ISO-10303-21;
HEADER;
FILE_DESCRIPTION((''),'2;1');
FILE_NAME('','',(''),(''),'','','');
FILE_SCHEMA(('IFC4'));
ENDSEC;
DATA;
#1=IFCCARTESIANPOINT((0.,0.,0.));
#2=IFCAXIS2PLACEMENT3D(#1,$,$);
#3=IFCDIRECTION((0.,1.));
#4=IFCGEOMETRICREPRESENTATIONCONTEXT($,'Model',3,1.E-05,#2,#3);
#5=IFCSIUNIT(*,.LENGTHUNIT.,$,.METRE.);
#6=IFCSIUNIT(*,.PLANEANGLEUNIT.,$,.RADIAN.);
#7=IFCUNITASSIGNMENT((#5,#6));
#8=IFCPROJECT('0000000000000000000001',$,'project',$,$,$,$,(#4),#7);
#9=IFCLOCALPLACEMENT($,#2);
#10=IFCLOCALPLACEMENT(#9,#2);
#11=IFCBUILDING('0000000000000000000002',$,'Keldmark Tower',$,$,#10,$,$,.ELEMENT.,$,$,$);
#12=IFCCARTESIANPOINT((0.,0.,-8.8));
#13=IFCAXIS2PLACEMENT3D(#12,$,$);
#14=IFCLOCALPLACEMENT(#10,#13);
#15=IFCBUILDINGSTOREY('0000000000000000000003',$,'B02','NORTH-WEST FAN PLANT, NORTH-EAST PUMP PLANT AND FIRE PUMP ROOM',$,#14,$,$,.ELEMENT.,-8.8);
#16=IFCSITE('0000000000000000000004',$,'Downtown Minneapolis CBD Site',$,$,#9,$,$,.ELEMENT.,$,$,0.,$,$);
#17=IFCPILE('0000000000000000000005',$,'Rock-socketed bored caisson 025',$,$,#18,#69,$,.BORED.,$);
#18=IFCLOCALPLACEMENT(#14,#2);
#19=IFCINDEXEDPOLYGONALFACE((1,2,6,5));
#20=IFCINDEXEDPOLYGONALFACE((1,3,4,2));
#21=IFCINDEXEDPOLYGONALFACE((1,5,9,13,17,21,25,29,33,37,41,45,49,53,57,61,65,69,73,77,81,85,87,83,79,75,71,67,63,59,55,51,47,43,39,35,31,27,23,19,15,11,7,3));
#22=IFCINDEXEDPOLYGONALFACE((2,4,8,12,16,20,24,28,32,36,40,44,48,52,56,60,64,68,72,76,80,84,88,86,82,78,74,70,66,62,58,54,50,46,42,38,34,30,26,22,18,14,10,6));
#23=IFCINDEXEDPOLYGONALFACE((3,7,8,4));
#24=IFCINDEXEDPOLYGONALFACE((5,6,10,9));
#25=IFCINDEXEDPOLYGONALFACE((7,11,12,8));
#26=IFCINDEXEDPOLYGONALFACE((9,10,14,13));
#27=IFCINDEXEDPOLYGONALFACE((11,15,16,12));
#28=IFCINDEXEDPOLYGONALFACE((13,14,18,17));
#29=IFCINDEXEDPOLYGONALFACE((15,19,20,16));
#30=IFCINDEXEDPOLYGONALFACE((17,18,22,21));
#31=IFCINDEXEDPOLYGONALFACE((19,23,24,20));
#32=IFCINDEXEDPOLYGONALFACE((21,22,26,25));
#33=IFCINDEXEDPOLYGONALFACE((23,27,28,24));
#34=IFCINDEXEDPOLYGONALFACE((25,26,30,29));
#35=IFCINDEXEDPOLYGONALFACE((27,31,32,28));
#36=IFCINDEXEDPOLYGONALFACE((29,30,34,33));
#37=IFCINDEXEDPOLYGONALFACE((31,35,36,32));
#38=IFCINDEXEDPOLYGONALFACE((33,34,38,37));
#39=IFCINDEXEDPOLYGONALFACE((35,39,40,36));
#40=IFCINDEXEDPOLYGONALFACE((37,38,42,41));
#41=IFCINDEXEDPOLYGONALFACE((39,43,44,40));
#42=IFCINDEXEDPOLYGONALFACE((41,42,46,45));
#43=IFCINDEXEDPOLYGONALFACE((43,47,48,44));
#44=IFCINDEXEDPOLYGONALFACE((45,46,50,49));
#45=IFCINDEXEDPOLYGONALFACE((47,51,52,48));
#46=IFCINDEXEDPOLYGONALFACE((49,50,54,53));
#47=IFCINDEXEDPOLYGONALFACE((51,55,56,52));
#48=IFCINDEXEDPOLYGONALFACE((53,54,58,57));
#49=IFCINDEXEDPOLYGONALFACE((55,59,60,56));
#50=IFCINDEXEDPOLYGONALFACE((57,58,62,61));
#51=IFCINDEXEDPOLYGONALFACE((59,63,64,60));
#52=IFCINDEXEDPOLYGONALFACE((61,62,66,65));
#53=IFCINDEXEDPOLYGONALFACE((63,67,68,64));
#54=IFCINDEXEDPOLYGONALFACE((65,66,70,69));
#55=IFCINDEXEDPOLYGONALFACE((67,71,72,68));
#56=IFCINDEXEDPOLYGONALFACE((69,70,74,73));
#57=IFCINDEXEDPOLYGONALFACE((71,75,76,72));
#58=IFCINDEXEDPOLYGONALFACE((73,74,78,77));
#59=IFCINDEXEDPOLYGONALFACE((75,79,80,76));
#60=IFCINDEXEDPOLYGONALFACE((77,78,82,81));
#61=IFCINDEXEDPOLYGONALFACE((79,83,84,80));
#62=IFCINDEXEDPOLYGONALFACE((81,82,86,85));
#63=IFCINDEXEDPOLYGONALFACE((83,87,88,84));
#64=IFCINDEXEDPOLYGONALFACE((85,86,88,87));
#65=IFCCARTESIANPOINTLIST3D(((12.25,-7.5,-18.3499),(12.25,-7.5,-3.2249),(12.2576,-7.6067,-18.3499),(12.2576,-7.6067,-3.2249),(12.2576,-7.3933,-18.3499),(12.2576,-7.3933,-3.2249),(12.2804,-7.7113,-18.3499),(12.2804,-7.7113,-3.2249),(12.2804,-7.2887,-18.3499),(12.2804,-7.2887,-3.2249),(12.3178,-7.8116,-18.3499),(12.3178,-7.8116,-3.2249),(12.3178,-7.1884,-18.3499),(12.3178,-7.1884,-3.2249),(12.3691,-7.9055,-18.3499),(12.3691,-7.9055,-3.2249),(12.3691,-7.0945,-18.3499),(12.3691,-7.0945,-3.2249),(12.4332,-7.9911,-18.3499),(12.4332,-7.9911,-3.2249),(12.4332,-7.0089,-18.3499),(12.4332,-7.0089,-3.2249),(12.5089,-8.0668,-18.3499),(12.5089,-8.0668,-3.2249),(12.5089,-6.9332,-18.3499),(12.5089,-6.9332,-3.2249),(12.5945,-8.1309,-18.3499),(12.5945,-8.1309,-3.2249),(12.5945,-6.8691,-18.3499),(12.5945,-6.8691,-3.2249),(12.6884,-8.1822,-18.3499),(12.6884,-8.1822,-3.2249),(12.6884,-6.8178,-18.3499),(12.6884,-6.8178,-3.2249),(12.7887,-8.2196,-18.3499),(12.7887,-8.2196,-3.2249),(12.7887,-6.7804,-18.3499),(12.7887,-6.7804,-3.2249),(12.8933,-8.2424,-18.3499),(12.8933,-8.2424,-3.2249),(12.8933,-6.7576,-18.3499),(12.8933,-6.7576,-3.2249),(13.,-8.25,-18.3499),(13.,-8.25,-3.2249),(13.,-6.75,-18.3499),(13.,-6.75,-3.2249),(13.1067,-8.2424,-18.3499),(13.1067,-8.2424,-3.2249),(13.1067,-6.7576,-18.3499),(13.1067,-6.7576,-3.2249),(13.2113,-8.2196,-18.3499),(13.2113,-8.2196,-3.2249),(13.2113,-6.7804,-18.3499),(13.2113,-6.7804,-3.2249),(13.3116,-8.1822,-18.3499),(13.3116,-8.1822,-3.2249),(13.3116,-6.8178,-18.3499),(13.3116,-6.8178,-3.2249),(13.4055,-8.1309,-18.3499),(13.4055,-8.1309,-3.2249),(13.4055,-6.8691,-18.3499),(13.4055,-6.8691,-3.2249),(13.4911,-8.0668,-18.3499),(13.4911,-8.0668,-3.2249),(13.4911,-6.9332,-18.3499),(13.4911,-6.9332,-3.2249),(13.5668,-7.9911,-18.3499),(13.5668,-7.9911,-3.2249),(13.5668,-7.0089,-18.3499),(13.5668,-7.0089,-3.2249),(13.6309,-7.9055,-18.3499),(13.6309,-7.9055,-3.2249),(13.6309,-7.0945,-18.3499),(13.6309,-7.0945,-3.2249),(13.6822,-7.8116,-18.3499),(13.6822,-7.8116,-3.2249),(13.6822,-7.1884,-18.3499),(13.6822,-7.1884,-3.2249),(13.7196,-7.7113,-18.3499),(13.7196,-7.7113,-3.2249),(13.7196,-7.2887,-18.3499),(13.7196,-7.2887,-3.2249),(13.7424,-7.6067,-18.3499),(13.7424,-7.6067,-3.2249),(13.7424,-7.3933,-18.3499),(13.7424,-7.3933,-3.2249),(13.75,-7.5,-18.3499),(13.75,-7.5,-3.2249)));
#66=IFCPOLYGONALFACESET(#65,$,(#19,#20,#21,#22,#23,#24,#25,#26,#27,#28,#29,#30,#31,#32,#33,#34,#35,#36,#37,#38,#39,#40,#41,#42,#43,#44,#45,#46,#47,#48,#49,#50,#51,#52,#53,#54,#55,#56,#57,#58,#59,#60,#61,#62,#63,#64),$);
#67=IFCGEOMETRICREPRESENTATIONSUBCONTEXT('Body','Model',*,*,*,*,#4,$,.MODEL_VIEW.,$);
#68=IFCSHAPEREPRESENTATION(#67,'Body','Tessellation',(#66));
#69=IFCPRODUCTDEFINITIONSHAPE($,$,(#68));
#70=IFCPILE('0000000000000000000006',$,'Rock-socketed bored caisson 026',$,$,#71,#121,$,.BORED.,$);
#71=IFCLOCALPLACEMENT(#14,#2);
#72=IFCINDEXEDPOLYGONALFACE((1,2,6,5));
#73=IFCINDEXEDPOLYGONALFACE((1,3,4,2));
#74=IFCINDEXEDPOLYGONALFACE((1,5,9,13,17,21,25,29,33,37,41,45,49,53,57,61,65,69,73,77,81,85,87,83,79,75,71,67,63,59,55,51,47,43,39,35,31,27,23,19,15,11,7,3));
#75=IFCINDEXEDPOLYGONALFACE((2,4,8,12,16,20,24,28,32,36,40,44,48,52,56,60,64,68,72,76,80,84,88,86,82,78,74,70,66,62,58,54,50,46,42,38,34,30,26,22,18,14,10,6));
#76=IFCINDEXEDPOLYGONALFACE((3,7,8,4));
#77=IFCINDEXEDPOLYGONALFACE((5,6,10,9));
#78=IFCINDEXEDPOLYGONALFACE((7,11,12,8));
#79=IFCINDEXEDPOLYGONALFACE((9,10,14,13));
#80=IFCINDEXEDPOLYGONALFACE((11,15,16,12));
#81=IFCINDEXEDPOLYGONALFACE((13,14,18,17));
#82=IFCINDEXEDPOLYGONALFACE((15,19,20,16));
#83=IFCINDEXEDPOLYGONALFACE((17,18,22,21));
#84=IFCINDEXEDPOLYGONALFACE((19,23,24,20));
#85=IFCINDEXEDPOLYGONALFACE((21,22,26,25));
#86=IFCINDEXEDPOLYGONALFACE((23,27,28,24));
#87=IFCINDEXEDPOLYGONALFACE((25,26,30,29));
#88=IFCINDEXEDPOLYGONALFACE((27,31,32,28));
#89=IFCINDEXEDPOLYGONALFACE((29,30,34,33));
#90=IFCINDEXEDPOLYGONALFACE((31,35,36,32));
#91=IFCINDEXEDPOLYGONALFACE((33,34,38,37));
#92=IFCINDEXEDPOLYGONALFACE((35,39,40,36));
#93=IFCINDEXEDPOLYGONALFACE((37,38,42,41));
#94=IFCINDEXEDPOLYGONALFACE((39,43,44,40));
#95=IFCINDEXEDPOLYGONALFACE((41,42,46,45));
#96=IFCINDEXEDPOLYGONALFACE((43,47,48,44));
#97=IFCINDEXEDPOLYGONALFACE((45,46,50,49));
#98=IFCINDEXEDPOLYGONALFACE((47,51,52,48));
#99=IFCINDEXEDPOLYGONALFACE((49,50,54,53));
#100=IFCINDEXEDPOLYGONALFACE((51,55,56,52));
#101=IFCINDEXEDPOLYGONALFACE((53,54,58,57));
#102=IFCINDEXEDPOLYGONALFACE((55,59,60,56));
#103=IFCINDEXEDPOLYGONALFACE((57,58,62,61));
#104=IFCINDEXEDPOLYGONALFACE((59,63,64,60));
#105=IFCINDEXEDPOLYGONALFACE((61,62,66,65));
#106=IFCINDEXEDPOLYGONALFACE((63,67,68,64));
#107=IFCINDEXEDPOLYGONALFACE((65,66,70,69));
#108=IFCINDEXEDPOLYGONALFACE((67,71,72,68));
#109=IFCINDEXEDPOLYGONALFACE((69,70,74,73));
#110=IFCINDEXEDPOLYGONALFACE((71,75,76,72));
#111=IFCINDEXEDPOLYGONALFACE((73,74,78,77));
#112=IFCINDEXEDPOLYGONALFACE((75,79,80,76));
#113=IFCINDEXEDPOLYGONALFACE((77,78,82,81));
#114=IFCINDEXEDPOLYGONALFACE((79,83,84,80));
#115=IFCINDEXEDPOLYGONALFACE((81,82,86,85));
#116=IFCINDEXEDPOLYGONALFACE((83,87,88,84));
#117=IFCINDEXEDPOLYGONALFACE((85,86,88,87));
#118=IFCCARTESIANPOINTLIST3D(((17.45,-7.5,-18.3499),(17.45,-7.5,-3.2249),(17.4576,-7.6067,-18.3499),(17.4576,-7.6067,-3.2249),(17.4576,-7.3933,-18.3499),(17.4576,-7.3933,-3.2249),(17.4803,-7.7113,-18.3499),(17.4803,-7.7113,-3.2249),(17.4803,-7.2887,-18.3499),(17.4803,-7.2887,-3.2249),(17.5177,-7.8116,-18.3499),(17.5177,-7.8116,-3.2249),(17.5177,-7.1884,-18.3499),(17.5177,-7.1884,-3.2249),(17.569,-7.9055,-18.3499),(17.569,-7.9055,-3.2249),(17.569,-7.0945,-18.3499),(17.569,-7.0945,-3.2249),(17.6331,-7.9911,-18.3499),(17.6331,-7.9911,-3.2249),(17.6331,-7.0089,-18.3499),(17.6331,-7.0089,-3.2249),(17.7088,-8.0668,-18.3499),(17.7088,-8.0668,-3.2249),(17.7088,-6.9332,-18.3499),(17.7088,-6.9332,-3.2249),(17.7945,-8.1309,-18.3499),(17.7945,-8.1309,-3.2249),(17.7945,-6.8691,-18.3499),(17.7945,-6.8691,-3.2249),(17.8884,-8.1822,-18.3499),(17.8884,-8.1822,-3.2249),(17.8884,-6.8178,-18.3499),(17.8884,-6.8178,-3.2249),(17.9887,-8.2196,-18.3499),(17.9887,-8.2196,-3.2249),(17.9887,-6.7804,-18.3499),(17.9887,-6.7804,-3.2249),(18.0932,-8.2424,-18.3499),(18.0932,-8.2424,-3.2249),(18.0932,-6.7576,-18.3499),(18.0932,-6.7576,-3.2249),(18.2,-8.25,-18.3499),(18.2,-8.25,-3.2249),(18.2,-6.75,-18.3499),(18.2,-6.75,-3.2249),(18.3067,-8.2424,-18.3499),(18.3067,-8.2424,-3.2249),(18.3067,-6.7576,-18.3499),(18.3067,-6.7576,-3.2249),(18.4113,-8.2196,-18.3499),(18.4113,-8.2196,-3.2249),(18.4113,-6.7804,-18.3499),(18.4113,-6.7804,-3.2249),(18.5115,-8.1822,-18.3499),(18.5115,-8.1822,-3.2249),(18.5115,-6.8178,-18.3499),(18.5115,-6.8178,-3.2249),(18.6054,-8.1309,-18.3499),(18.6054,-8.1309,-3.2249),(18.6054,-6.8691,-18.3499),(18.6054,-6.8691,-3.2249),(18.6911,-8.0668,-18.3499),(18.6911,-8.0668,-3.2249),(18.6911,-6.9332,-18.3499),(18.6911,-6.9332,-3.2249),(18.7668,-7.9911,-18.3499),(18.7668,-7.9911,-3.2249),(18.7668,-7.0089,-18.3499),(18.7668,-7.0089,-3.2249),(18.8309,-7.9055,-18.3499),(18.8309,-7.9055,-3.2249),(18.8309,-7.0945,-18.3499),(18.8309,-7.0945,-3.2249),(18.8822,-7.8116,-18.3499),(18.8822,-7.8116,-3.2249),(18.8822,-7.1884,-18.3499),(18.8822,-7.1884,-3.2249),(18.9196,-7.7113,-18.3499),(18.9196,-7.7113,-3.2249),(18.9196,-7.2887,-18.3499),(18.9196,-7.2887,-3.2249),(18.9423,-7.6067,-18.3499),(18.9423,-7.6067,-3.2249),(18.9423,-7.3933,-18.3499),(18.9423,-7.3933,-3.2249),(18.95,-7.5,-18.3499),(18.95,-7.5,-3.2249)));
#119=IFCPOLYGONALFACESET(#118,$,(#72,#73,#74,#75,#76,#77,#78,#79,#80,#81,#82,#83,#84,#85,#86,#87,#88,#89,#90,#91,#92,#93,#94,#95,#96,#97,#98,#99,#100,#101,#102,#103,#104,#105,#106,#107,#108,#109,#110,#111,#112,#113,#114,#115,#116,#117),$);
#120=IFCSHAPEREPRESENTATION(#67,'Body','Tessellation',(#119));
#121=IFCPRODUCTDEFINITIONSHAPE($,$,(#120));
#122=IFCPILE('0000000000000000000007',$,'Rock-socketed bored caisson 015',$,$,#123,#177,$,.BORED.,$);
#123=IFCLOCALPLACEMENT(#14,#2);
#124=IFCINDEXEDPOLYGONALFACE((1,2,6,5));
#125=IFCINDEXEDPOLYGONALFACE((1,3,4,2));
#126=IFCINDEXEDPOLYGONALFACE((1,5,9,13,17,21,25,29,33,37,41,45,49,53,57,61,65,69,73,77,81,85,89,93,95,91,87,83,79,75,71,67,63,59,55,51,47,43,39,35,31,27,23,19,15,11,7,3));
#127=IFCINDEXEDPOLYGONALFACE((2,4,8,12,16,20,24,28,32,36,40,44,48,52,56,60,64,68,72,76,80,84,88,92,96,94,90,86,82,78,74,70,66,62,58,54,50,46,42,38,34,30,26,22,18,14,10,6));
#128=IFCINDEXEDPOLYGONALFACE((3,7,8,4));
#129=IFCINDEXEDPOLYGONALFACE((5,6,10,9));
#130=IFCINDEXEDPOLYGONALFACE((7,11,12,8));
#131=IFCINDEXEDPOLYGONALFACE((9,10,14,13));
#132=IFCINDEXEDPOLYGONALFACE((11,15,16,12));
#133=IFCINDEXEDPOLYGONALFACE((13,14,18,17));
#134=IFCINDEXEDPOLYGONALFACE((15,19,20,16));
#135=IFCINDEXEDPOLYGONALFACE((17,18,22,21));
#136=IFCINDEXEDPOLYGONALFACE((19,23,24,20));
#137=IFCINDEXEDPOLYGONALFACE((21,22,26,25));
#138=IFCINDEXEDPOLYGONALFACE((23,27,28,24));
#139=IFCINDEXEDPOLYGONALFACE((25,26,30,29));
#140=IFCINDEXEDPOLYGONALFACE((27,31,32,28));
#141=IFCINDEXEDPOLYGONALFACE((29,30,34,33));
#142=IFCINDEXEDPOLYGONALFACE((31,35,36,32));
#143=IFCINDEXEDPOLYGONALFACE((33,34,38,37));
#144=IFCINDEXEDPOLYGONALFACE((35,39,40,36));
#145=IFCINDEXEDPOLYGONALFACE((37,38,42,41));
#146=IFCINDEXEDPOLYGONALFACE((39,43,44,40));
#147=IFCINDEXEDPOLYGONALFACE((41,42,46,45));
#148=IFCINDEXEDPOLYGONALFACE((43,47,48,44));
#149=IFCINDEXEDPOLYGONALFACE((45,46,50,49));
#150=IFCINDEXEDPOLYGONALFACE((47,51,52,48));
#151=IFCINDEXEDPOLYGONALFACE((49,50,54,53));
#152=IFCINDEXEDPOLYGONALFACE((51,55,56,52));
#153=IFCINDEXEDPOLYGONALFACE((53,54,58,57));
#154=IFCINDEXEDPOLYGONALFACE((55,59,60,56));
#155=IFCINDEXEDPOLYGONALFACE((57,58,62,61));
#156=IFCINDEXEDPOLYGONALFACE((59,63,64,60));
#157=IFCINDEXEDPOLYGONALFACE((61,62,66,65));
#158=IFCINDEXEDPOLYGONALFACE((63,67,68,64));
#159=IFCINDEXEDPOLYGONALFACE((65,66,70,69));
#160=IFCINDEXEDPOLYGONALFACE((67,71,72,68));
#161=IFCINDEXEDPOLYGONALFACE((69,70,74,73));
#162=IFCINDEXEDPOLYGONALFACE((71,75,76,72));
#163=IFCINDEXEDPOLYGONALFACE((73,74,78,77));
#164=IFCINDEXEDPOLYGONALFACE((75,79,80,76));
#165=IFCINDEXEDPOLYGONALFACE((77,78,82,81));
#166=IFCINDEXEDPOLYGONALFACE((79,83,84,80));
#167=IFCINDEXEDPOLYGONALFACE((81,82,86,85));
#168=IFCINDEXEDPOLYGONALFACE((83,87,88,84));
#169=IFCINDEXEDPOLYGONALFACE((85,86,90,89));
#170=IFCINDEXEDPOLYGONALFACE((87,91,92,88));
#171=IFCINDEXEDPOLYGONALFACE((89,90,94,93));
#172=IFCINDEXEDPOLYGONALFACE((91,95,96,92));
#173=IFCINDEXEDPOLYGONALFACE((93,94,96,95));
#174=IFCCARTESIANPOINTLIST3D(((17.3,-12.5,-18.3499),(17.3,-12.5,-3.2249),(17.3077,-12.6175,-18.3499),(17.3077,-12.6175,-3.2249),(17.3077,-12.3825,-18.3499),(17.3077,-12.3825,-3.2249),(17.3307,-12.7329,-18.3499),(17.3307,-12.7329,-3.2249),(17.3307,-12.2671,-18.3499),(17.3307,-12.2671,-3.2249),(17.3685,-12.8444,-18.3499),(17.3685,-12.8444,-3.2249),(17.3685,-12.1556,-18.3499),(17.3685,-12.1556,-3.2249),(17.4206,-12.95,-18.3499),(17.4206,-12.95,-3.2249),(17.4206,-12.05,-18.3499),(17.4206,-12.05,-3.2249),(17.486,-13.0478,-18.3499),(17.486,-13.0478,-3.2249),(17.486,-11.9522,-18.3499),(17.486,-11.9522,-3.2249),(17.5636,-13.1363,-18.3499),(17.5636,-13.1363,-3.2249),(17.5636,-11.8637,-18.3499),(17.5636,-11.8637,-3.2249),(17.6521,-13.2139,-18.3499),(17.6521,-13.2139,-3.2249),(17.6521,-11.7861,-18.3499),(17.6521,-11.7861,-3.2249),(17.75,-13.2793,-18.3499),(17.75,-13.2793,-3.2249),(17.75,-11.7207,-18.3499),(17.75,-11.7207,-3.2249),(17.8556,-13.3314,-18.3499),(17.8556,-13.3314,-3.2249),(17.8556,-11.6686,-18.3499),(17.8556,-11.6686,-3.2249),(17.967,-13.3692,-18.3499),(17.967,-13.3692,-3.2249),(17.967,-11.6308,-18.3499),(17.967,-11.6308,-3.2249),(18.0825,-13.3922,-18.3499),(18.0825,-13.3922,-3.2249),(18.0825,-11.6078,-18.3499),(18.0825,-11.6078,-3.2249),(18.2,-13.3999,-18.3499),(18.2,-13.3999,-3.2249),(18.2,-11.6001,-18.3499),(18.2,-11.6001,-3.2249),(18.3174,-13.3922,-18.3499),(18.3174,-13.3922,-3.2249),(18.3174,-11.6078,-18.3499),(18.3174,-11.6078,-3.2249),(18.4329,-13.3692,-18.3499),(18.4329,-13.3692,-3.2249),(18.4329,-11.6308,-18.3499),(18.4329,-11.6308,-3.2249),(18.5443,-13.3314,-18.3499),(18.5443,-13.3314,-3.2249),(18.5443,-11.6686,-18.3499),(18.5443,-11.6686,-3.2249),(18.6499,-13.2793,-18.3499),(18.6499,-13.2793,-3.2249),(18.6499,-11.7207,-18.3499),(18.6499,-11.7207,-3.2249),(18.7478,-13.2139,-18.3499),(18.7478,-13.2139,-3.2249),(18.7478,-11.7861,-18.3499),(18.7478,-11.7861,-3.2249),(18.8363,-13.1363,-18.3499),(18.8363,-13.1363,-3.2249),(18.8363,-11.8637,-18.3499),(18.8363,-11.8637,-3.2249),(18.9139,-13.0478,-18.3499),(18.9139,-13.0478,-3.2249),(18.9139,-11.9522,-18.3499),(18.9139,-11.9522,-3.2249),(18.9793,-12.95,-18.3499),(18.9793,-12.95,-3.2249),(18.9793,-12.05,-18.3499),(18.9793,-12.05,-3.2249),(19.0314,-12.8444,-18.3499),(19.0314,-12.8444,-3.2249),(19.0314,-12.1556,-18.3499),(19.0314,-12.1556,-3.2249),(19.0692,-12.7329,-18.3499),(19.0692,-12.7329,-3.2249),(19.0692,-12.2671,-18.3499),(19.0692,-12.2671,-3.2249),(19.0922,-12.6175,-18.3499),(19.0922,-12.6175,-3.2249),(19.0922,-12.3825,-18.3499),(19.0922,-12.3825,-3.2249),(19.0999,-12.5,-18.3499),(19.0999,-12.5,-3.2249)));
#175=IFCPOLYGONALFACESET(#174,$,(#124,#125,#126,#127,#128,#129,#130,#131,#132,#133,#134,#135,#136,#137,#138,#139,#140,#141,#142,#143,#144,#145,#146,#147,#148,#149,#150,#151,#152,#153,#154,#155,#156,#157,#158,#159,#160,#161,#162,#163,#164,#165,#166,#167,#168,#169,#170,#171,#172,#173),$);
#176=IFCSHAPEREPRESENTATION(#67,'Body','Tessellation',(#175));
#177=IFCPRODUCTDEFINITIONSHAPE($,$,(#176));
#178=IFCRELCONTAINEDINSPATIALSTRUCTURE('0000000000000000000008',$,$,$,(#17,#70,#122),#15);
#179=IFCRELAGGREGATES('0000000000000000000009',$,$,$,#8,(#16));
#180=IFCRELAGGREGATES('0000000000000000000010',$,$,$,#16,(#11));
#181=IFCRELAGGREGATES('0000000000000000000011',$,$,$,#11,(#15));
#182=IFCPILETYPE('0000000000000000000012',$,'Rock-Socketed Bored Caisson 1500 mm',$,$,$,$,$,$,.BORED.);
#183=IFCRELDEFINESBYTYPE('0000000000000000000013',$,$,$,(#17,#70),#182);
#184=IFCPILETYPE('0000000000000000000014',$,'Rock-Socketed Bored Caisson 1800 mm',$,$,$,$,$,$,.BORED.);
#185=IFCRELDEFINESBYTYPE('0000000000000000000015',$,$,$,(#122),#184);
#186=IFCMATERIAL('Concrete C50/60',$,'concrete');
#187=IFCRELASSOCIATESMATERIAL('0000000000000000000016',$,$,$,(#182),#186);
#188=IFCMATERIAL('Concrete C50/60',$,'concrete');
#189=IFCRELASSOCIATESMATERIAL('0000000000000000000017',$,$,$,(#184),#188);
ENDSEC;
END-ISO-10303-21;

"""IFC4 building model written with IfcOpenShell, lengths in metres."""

from ifc_helpers import new_model, si_unit, direction, frame, origin, origin_2d, place, context, subcontext, project, spatial, circle, extrude, material, material_profile, profile_set, type_object, element, save


model = new_model("IFC4")

# Units and contexts
model_context = context("Model", 3, precision=1e-05, world=origin(), true_north=direction((0.0, 1.0)))
body_context = subcontext(model_context, "Body", "Model", "MODEL_VIEW")
ifc_project = project(units=[si_unit("LENGTHUNIT", "METRE"), si_unit("PLANEANGLEUNIT", "RADIAN")], contexts=[model_context])

# Site, building, storey
site_placement = place(None, origin())
site = spatial("IfcSite", under=ifc_project, at=site_placement, Name="Downtown Minneapolis CBD Site", CompositionType="ELEMENT", RefElevation=0.0)
building_placement = place(site_placement, origin())
building = spatial("IfcBuilding", under=site, at=building_placement, Name="Keldmark Tower", CompositionType="ELEMENT")
storey_placement = place(building_placement, frame((0.0, 0.0, -8.8)))
storey = spatial("IfcBuildingStorey", under=building, at=storey_placement, Name="B02", Description="NORTH-WEST FAN PLANT, NORTH-EAST PUMP PLANT AND FIRE PUMP ROOM", CompositionType="ELEMENT", Elevation=-8.8)

# Piles
ifc_material_1 = material(Name="Concrete C50/60", Category="concrete")
ifc_material_profile_1 = material_profile(ifc_material_1, circle(Radius=0.75, at=origin_2d()), Name="CAISSON1500")
ifc_profile_set_1 = profile_set([ifc_material_profile_1], Name="Concrete C50/60")
pile_type_1 = type_object("IfcPileType", Name="Rock-Socketed Bored Caisson 1500 mm", PredefinedType="BORED", material=ifc_profile_set_1)
for number, where, z_axis, x_axis, name in (
    (1, (13.0, -7.5, -3.2249), (0.0, 0.0, -1.0), (1.0, 0.0, 0.0), "Rock-socketed bored caisson 025"),
    (2, (18.2, -7.5, -3.2249), (0.0, 0.0, -1.0), (1.0, 0.0, 0.0), "Rock-socketed bored caisson 026"),
):
    element("IfcPile", number, at=place(storey_placement, frame(where, z_axis=z_axis, x_axis=x_axis)), inside=storey, type_object=pile_type_1, Name=name, PredefinedType="BORED", context=body_context, shape_type="SweptSolid", body=[
        extrude(circle(Radius=0.75, at=origin_2d()), origin(), (0.0, 0.0, 1.0), 15.125),
    ])
ifc_material_2 = material(Name="Concrete C50/60", Category="concrete")
ifc_material_profile_2 = material_profile(ifc_material_2, circle(Radius=0.8999, at=origin_2d()), Name="CAISSON1800")
ifc_profile_set_2 = profile_set([ifc_material_profile_2], Name="Concrete C50/60")
pile_type_2 = type_object("IfcPileType", Name="Rock-Socketed Bored Caisson 1800 mm", PredefinedType="BORED", material=ifc_profile_set_2)
for number, where, z_axis, x_axis, name in (
    (3, (18.2, -12.5, -3.2249), (0.0, 0.0, -1.0), (1.0, 0.0, 0.0), "Rock-socketed bored caisson 015"),
):
    element("IfcPile", number, at=place(storey_placement, frame(where, z_axis=z_axis, x_axis=x_axis)), inside=storey, type_object=pile_type_2, Name=name, PredefinedType="BORED", context=body_context, shape_type="SweptSolid", body=[
        extrude(circle(Radius=0.8999, at=origin_2d()), origin(), (0.0, 0.0, 1.0), 15.125),
    ])

save(model, "model.ifc")
